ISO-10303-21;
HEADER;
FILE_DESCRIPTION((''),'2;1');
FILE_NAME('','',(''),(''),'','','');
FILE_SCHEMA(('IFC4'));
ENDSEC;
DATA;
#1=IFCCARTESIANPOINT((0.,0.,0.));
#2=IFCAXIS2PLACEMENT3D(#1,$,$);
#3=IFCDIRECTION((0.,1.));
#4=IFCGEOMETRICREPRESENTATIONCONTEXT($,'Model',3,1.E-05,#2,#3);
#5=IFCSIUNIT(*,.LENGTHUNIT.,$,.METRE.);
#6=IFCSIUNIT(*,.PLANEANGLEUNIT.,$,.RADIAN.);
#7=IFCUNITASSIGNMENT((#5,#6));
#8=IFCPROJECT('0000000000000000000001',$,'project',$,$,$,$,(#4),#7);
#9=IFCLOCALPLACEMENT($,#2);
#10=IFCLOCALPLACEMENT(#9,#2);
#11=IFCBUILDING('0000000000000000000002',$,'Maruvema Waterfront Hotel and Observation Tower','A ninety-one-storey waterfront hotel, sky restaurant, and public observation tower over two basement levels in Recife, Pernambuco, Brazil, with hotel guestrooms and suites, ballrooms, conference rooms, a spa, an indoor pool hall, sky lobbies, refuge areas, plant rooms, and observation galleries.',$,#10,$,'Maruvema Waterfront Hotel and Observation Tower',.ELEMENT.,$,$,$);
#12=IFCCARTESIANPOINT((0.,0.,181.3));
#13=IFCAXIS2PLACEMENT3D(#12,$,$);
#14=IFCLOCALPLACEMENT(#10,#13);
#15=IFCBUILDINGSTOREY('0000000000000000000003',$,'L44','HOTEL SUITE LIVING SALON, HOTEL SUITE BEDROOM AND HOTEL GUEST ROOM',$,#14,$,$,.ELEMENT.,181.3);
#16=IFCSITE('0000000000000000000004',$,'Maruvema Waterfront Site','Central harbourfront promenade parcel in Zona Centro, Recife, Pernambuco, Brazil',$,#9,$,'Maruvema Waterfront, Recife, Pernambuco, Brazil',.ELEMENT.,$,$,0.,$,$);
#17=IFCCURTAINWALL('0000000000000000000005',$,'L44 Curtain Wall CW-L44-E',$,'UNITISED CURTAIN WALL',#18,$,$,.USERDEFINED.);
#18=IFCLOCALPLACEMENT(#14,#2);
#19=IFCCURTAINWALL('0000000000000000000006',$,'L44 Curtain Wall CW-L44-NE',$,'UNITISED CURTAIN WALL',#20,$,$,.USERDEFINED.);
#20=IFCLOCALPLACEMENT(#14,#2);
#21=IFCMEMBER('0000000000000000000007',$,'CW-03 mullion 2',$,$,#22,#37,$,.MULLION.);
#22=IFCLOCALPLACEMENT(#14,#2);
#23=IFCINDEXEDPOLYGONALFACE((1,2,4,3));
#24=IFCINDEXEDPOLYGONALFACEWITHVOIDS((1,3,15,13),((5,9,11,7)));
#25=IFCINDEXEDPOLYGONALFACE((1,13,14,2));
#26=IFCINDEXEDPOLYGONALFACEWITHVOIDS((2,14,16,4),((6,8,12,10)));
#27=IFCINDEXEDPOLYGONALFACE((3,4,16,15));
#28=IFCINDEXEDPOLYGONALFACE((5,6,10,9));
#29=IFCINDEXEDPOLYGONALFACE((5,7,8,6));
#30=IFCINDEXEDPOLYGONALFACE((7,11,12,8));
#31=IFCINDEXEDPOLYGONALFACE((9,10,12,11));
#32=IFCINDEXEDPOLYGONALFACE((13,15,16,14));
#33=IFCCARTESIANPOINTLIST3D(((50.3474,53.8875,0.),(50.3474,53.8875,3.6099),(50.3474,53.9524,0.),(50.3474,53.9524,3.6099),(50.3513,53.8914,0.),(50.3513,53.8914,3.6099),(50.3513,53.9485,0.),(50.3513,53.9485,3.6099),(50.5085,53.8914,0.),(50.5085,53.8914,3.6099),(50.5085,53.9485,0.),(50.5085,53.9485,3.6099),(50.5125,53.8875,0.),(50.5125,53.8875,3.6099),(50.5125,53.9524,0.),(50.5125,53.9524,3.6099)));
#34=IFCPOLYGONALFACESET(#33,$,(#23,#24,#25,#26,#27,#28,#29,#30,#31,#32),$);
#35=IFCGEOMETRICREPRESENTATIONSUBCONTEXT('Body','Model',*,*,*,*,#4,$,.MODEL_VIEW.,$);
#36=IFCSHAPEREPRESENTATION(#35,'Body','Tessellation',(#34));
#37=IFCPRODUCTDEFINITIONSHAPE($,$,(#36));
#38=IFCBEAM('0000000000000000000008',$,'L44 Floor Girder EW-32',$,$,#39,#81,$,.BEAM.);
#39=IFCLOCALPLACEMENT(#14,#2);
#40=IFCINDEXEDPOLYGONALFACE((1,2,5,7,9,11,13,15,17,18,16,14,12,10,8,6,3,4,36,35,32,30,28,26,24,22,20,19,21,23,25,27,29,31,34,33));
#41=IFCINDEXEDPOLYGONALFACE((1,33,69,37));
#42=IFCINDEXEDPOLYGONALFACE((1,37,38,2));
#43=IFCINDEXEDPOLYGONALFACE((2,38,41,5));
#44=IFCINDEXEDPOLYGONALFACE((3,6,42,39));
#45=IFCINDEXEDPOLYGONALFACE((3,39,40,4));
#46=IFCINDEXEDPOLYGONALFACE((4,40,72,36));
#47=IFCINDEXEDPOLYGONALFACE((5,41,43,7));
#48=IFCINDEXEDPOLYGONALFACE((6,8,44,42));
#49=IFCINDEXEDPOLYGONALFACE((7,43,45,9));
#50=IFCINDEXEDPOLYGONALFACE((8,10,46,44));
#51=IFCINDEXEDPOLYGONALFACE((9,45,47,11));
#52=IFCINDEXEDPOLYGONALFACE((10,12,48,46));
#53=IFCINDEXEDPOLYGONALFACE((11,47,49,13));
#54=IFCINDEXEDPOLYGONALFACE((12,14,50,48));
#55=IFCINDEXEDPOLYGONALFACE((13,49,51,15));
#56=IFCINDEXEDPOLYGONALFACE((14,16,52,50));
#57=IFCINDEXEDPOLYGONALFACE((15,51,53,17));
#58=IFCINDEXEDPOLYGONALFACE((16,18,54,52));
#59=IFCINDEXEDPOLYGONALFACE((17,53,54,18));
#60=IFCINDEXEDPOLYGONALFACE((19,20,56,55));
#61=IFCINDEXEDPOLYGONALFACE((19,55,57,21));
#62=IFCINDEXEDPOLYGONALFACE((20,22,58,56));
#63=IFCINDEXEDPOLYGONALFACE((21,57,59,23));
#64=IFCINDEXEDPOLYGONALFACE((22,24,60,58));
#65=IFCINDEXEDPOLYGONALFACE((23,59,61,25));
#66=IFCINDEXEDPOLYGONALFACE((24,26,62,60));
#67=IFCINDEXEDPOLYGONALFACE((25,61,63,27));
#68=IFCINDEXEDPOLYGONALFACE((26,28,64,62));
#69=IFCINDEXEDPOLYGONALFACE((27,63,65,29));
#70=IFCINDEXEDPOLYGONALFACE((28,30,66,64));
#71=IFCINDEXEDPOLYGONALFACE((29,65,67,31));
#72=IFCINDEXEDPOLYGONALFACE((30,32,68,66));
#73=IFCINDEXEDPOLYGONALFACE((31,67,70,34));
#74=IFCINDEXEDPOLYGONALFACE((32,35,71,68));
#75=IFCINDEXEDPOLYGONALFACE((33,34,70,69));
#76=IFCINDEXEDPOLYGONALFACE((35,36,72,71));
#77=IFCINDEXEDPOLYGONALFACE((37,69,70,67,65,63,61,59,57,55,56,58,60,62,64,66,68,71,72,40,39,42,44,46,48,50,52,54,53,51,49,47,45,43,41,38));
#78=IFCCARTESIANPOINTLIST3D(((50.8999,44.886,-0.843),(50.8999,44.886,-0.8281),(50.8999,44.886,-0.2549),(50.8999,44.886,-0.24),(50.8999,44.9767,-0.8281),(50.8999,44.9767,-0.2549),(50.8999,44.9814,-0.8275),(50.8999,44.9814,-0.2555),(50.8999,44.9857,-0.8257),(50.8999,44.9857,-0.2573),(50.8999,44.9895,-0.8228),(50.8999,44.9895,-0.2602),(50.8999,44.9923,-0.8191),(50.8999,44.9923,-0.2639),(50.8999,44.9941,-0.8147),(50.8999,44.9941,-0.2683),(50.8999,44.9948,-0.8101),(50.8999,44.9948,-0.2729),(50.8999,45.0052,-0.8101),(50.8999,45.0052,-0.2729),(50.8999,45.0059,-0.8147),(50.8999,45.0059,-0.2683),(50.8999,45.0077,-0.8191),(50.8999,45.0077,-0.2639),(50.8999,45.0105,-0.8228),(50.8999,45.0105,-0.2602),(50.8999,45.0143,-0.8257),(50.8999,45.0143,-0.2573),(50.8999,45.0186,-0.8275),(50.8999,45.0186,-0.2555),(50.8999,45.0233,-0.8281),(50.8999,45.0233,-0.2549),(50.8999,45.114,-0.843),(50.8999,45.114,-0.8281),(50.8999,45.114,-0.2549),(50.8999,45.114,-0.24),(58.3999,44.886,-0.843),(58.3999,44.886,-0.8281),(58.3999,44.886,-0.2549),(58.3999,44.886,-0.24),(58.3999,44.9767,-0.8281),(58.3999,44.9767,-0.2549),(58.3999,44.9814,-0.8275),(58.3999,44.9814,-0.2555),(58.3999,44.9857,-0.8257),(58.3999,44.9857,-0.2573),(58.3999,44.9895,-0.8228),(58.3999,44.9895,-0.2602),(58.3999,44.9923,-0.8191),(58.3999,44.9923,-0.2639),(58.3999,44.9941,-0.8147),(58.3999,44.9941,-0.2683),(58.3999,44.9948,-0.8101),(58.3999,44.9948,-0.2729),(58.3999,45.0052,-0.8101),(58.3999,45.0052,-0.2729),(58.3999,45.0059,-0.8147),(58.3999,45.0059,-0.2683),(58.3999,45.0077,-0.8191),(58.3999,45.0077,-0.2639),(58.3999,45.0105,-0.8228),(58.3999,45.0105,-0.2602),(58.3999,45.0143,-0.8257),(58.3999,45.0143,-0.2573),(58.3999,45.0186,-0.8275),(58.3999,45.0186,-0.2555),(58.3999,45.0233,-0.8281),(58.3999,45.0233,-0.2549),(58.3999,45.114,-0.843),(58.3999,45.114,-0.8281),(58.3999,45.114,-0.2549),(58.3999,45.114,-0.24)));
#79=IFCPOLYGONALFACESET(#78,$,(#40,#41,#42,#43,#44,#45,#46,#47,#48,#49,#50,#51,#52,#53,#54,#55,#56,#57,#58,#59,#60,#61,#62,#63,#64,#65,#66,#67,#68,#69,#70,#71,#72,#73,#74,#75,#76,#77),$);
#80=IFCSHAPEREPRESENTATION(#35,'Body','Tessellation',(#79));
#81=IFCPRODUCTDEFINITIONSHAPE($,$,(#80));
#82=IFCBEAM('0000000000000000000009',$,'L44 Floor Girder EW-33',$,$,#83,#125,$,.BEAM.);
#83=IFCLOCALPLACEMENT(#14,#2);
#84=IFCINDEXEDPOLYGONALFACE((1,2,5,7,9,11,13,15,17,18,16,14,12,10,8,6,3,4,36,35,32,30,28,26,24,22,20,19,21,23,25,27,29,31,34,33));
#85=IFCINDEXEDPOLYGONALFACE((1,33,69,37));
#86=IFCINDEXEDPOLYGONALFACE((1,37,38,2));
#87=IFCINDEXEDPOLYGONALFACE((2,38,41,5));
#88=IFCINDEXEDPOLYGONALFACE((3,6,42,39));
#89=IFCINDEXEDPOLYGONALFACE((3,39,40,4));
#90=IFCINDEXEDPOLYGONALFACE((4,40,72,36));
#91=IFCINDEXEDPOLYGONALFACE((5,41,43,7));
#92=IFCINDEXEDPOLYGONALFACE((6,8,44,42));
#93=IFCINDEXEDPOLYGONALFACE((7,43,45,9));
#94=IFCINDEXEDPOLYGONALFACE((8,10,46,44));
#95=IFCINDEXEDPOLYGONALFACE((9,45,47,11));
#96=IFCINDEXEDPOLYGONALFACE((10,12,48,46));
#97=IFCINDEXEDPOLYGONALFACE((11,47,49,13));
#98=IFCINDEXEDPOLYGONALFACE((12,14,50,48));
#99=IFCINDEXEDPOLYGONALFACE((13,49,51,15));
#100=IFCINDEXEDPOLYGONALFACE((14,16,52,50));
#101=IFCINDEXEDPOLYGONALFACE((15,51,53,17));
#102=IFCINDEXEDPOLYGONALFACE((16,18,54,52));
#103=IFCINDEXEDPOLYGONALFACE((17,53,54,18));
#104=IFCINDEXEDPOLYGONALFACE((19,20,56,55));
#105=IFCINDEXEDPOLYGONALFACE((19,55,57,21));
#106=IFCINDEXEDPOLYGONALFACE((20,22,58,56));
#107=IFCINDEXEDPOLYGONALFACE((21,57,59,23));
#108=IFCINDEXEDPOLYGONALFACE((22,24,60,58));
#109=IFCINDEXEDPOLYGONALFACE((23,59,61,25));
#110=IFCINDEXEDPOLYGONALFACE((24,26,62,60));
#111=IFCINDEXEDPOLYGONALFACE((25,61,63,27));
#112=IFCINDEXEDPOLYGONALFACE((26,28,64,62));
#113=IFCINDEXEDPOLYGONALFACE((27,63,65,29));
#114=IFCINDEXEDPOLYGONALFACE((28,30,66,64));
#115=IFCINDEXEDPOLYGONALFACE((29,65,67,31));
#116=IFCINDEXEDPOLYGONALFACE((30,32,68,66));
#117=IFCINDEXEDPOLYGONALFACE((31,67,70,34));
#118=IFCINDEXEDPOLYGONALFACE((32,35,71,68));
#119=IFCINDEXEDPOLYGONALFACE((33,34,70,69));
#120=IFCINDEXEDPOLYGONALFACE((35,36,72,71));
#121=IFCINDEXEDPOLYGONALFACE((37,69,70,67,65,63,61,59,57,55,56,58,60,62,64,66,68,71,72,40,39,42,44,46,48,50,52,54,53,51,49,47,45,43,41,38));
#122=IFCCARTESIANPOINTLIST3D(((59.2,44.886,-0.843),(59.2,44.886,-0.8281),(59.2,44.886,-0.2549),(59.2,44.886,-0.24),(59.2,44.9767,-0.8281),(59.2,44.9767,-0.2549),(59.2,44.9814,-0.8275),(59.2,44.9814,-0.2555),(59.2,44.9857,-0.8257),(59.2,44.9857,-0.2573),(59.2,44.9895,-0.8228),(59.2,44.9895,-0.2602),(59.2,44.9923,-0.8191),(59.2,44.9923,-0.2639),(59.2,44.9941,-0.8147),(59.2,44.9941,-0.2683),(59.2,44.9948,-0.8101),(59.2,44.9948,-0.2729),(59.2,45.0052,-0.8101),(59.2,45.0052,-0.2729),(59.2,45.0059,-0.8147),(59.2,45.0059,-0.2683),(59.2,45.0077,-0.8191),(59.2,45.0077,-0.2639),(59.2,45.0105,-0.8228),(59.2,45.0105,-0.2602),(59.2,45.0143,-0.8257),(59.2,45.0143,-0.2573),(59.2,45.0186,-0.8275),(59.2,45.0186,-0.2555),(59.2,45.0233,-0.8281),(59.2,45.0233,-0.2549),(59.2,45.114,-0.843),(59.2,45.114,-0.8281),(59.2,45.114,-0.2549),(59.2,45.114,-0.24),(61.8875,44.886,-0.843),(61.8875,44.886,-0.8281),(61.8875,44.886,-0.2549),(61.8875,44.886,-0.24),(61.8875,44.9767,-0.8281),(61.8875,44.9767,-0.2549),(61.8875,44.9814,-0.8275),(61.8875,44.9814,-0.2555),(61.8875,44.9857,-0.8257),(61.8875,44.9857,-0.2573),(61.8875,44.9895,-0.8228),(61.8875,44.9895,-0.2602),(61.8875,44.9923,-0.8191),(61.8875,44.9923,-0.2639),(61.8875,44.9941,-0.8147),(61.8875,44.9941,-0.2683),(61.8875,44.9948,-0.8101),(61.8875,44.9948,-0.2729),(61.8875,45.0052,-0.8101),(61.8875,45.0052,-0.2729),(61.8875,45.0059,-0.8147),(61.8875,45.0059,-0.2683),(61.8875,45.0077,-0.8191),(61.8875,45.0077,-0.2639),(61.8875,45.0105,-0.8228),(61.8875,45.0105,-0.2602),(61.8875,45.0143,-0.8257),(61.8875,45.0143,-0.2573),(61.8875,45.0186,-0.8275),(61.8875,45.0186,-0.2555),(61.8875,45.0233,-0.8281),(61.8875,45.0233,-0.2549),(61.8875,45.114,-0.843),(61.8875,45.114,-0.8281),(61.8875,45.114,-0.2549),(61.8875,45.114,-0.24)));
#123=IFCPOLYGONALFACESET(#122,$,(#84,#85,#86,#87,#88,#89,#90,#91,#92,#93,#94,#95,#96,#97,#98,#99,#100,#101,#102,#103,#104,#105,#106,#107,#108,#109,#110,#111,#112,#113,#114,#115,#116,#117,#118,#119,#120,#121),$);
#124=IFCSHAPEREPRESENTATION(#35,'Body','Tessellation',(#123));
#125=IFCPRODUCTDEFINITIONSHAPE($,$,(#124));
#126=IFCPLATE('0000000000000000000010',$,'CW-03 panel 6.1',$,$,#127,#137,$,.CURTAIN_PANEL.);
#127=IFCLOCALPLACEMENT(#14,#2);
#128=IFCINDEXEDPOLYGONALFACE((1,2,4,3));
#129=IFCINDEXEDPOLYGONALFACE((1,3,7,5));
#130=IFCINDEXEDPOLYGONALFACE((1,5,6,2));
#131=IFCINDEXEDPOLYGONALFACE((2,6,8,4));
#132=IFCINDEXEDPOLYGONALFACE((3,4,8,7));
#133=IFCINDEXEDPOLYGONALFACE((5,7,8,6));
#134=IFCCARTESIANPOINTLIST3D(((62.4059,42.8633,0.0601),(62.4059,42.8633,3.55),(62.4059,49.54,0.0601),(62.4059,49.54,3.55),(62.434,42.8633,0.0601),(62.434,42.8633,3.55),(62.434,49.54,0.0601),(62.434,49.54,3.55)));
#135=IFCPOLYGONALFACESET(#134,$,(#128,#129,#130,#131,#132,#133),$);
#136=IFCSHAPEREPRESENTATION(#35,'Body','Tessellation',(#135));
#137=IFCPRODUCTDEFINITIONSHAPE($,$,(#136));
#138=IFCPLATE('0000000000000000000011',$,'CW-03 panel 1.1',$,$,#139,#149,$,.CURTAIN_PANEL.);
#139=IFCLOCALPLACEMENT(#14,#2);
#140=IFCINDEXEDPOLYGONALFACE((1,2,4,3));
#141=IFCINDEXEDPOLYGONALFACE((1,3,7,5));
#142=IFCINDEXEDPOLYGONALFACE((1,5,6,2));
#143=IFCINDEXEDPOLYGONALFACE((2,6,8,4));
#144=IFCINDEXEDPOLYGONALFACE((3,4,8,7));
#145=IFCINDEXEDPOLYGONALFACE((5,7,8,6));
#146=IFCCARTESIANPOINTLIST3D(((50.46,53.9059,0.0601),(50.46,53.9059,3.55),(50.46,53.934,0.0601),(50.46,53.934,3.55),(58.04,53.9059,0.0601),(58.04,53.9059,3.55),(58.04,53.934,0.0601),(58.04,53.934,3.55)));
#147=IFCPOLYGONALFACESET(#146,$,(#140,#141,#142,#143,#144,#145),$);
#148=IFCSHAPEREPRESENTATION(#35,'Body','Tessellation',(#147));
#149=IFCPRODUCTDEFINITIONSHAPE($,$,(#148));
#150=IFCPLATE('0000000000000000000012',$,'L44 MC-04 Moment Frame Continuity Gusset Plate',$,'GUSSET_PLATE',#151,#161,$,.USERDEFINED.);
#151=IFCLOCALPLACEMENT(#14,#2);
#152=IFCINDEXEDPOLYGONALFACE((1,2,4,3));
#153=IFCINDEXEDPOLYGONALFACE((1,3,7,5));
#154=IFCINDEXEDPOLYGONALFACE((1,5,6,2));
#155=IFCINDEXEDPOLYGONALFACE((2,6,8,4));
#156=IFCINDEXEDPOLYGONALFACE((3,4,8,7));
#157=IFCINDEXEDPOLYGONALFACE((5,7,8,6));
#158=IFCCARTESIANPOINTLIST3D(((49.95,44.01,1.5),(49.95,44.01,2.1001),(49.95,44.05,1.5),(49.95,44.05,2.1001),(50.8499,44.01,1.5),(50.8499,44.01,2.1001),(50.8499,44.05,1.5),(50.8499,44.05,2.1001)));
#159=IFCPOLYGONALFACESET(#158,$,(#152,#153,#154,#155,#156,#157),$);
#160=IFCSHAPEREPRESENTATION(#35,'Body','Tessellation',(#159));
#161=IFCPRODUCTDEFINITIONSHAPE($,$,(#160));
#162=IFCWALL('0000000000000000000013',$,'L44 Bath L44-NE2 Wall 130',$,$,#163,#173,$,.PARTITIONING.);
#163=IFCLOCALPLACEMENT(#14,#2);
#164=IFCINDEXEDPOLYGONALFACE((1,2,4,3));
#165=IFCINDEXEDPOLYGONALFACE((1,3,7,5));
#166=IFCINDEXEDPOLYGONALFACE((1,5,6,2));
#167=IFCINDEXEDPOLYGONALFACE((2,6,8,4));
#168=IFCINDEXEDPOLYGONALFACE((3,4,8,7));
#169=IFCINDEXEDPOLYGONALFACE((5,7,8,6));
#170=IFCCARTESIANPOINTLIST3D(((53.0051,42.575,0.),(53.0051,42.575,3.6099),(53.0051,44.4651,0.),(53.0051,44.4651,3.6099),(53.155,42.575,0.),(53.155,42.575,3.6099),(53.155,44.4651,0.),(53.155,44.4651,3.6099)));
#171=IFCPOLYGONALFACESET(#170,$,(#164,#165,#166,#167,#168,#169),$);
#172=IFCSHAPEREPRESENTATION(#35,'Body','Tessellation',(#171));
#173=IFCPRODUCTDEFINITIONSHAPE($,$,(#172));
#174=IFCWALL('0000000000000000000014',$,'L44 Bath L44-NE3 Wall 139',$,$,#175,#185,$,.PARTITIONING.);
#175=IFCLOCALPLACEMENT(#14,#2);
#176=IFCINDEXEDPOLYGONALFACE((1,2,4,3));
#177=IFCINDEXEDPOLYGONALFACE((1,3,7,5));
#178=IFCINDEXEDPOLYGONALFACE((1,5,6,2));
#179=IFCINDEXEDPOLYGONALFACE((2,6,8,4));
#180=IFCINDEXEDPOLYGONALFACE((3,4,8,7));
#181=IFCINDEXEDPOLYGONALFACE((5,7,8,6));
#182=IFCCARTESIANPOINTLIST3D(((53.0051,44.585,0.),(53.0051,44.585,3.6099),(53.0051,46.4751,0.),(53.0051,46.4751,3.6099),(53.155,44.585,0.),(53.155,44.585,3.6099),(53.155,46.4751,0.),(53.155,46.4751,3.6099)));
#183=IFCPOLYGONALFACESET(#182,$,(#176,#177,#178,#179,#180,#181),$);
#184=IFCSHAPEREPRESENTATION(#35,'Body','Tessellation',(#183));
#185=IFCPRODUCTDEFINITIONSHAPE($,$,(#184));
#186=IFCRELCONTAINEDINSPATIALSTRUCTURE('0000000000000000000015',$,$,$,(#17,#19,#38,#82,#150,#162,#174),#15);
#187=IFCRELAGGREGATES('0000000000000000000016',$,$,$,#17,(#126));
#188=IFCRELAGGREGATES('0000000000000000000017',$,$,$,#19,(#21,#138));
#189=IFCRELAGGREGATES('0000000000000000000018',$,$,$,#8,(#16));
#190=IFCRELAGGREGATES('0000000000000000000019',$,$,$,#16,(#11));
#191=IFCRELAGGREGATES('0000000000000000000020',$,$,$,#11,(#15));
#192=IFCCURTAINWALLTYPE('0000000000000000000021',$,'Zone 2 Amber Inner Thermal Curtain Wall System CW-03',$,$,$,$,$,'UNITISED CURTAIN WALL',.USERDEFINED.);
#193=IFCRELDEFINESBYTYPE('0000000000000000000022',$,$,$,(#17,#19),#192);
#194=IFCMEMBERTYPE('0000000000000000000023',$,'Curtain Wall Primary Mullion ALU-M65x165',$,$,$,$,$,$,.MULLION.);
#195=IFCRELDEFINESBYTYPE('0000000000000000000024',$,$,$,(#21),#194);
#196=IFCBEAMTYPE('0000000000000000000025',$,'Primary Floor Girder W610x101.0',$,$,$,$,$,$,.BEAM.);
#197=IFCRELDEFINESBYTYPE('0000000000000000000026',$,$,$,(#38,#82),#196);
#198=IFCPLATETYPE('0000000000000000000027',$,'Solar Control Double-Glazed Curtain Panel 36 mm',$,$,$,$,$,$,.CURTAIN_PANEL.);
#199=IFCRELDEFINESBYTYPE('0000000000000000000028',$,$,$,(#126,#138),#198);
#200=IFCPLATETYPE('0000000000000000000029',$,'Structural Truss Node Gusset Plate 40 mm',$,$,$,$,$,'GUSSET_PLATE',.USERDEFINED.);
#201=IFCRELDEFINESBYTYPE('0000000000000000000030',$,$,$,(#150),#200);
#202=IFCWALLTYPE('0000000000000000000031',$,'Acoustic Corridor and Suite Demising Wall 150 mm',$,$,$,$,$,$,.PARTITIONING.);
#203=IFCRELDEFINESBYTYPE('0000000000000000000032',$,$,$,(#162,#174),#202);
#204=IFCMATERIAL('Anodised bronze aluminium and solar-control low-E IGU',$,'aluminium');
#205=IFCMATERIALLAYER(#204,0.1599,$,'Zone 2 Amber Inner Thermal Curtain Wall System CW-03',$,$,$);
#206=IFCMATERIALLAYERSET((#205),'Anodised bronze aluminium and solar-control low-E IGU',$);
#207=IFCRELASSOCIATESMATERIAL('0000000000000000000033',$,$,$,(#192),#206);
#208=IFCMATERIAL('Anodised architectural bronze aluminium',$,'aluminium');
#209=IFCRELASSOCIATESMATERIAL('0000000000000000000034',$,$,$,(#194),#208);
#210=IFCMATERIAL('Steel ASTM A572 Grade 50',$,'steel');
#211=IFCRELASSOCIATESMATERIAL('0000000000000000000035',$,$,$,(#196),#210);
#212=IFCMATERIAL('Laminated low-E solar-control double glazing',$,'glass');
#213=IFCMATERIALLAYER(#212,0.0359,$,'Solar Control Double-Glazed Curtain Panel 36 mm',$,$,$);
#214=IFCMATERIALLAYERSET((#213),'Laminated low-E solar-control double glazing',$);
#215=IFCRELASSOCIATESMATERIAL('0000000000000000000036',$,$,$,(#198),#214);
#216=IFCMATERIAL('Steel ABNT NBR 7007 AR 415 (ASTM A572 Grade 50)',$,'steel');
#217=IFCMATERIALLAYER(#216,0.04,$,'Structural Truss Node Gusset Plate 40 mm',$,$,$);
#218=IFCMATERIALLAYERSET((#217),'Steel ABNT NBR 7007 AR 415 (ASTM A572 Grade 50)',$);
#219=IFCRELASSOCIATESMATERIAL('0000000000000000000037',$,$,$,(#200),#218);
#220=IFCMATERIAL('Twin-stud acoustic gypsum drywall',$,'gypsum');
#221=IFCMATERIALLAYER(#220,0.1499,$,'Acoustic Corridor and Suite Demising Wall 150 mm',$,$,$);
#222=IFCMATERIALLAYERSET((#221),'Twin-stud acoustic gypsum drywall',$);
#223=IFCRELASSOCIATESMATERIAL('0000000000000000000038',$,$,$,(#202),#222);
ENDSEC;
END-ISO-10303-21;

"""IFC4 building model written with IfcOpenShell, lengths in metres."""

from ifc_helpers import new_model, si_unit, direction, frame, frame_2d, origin, origin_2d, place, context, subcontext, project, spatial, rectangle, hollow_rectangle, i_section, extrude, material, layer, layer_set, material_profile, profile_set, type_object, element, aggregate, save


model = new_model("IFC4")

# Units and contexts
model_context = context("Model", 3, precision=1e-05, world=origin(), true_north=direction((0.0, 1.0)))
body_context = subcontext(model_context, "Body", "Model", "MODEL_VIEW")
ifc_project = project(units=[si_unit("LENGTHUNIT", "METRE"), si_unit("PLANEANGLEUNIT", "RADIAN")], contexts=[model_context])

# Site, building, storey
site_placement = place(None, origin())
site = spatial("IfcSite", under=ifc_project, at=site_placement, Name="Maruvema Waterfront Site", Description="Central harbourfront promenade parcel in Zona Centro, Recife, Pernambuco, Brazil", LongName="Maruvema Waterfront, Recife, Pernambuco, Brazil", CompositionType="ELEMENT", RefElevation=0.0)
building_placement = place(site_placement, origin())
building = spatial("IfcBuilding", under=site, at=building_placement, Name="Maruvema Waterfront Hotel and Observation Tower", Description="A ninety-one-storey waterfront hotel, sky restaurant, and public observation tower over two basement levels in Recife, Pernambuco, Brazil, with hotel guestrooms and suites, ballrooms, conference rooms, a spa, an indoor pool hall, sky lobbies, refuge areas, plant rooms, and observation galleries.", LongName="Maruvema Waterfront Hotel and Observation Tower", CompositionType="ELEMENT")
storey_placement = place(building_placement, frame((0.0, 0.0, 181.3)))
storey = spatial("IfcBuildingStorey", under=building, at=storey_placement, Name="L44", Description="HOTEL SUITE LIVING SALON, HOTEL SUITE BEDROOM AND HOTEL GUEST ROOM", CompositionType="ELEMENT", Elevation=181.3)

# Curtain walls
ifc_material_1 = material(Name="Anodised bronze aluminium and solar-control low-E IGU", Category="aluminium")
ifc_layer_1 = layer(ifc_material_1, 0.1599, Name="Zone 2 Amber Inner Thermal Curtain Wall System CW-03")
ifc_layer_set_1 = layer_set([ifc_layer_1], Name="Anodised bronze aluminium and solar-control low-E IGU")
curtain_wall_type = type_object("IfcCurtainWallType", Name="Zone 2 Amber Inner Thermal Curtain Wall System CW-03", ElementType="UNITISED CURTAIN WALL", PredefinedType="USERDEFINED", material=ifc_layer_set_1)
curtain_wall_1_placement = place(storey_placement, origin())
curtain_wall_1 = element("IfcCurtainWall", 1, at=curtain_wall_1_placement, inside=storey, type_object=curtain_wall_type, Name="L44 Curtain Wall CW-L44-E", ObjectType="UNITISED CURTAIN WALL", PredefinedType="USERDEFINED")
curtain_wall_2_placement = place(storey_placement, origin())
curtain_wall_2 = element("IfcCurtainWall", 2, at=curtain_wall_2_placement, inside=storey, type_object=curtain_wall_type, Name="L44 Curtain Wall CW-L44-NE", ObjectType="UNITISED CURTAIN WALL", PredefinedType="USERDEFINED")

# Member
ifc_material_2 = material(Name="Anodised architectural bronze aluminium", Category="aluminium")
ifc_material_profile_1 = material_profile(ifc_material_2, hollow_rectangle(XDim=0.0649, YDim=0.165, WallThickness=0.0039, at=origin_2d()), Name="ALU-M65x165")
ifc_profile_set_1 = profile_set([ifc_material_profile_1], Name="Anodised architectural bronze aluminium")
member_type_1 = type_object("IfcMemberType", Name="Curtain Wall Primary Mullion ALU-M65x165", PredefinedType="MULLION", material=ifc_profile_set_1)
member_1_placement = place(storey_placement, frame((50.4299, 53.9199, 0.0), z_axis=(0.0, 0.0, 1.0), x_axis=(0.0, -1.0, 0.0)))
member_1 = element("IfcMember", 3, at=member_1_placement, type_object=member_type_1, Name="CW-03 mullion 2", PredefinedType="MULLION", context=body_context, shape_type="SweptSolid", body=[
    extrude(hollow_rectangle(XDim=0.0649, YDim=0.165, WallThickness=0.0039, at=origin_2d()), origin(), (0.0, 0.0, 1.0), 3.6099),
])

# Beams
ifc_material_3 = material(Name="Steel ASTM A572 Grade 50", Category="steel")
ifc_material_profile_2 = material_profile(ifc_material_3, i_section(OverallWidth=0.228, OverallDepth=0.603, WebThickness=0.0105, FlangeThickness=0.0149, FilletRadius=0.0181, at=origin_2d()), Name="W610x101.0")
ifc_profile_set_2 = profile_set([ifc_material_profile_2], Name="Steel ASTM A572 Grade 50")
beam_type = type_object("IfcBeamType", Name="Primary Floor Girder W610x101.0", PredefinedType="BEAM", material=ifc_profile_set_2)
beam_1_placement = place(storey_placement, frame((50.8999, 45.0, -0.5415), z_axis=(1.0, 0.0, 0.0), x_axis=(0.0, 1.0, 0.0)))
element("IfcBeam", 4, at=beam_1_placement, inside=storey, type_object=beam_type, Name="L44 Floor Girder EW-32", PredefinedType="BEAM", context=body_context, shape_type="SweptSolid", body=[
    extrude(i_section(OverallWidth=0.228, OverallDepth=0.603, WebThickness=0.0105, FlangeThickness=0.0149, FilletRadius=0.0181, at=origin_2d()), origin(), (0.0, 0.0, 1.0), 7.5),
])
beam_2_placement = place(storey_placement, frame((59.2, 45.0, -0.5415), z_axis=(1.0, 0.0, 0.0), x_axis=(0.0, 1.0, 0.0)))
element("IfcBeam", 5, at=beam_2_placement, inside=storey, type_object=beam_type, Name="L44 Floor Girder EW-33", PredefinedType="BEAM", context=body_context, shape_type="SweptSolid", body=[
    extrude(i_section(OverallWidth=0.228, OverallDepth=0.603, WebThickness=0.0105, FlangeThickness=0.0149, FilletRadius=0.0181, at=origin_2d()), origin(), (0.0, 0.0, 1.0), 2.6875),
])

# Plates
ifc_material_4 = material(Name="Laminated low-E solar-control double glazing", Category="glass")
ifc_layer_2 = layer(ifc_material_4, 0.0359, Name="Solar Control Double-Glazed Curtain Panel 36 mm")
ifc_layer_set_2 = layer_set([ifc_layer_2], Name="Laminated low-E solar-control double glazing")
plate_type_1 = type_object("IfcPlateType", Name="Solar Control Double-Glazed Curtain Panel 36 mm", PredefinedType="CURTAIN_PANEL", material=ifc_layer_set_2)
plate_1_placement = place(storey_placement, frame((62.4199, 46.2017, 0.0601), z_axis=(0.0, 0.0, 1.0), x_axis=(0.0, 1.0, 0.0)))
plate_1 = element("IfcPlate", 6, at=plate_1_placement, type_object=plate_type_1, Name="CW-03 panel 6.1", PredefinedType="CURTAIN_PANEL", context=body_context, shape_type="SweptSolid", body=[
    extrude(rectangle(XDim=6.6768, YDim=0.0281, at=origin_2d()), origin(), (0.0, 0.0, 1.0), 3.49),
])
aggregate(curtain_wall_1, [plate_1])
plate_2_placement = place(storey_placement, frame((54.25, 53.9199, 0.0601), z_axis=(0.0, 0.0, 1.0), x_axis=(-1.0, 0.0, 0.0)))
plate_2 = element("IfcPlate", 7, at=plate_2_placement, type_object=plate_type_1, Name="CW-03 panel 1.1", PredefinedType="CURTAIN_PANEL", context=body_context, shape_type="SweptSolid", body=[
    extrude(rectangle(XDim=7.5801, YDim=0.0281, at=origin_2d()), origin(), (0.0, 0.0, 1.0), 3.49),
])
aggregate(curtain_wall_2, [member_1, plate_2])
ifc_material_5 = material(Name="Steel ABNT NBR 7007 AR 415 (ASTM A572 Grade 50)", Category="steel")
ifc_layer_3 = layer(ifc_material_5, 0.04, Name="Structural Truss Node Gusset Plate 40 mm")
ifc_layer_set_3 = layer_set([ifc_layer_3], Name="Steel ABNT NBR 7007 AR 415 (ASTM A572 Grade 50)")
plate_type_2 = type_object("IfcPlateType", Name="Structural Truss Node Gusset Plate 40 mm", ElementType="GUSSET_PLATE", PredefinedType="USERDEFINED", material=ifc_layer_set_3)
plate_3_placement = place(storey_placement, frame((50.3999, 44.03, 1.5), z_axis=(0.0, 0.0, 1.0), x_axis=(1.0, 0.0, 0.0)))
element("IfcPlate", 8, at=plate_3_placement, inside=storey, type_object=plate_type_2, Name="L44 MC-04 Moment Frame Continuity Gusset Plate", ObjectType="GUSSET_PLATE", PredefinedType="USERDEFINED", context=body_context, shape_type="SweptSolid", body=[
    extrude(rectangle(XDim=0.8999, YDim=0.04, at=origin_2d()), origin(), (0.0, 0.0, 1.0), 0.6001),
])

# Walls
ifc_material_6 = material(Name="Twin-stud acoustic gypsum drywall", Category="gypsum")
ifc_layer_4 = layer(ifc_material_6, 0.1499, Name="Acoustic Corridor and Suite Demising Wall 150 mm")
ifc_layer_set_4 = layer_set([ifc_layer_4], Name="Twin-stud acoustic gypsum drywall")
wall_type_1 = type_object("IfcWallType", Name="Acoustic Corridor and Suite Demising Wall 150 mm", PredefinedType="PARTITIONING", material=ifc_layer_set_4)
for number, where, z_axis, x_axis, name in (
    (9, (53.0801, 42.575, 0.0), (0.0, 0.0, 1.0), (0.0, 1.0, 0.0), "L44 Bath L44-NE2 Wall 130"),
    (10, (53.0801, 44.585, 0.0), (0.0, 0.0, 1.0), (0.0, 1.0, 0.0), "L44 Bath L44-NE3 Wall 139"),
):
    element("IfcWall", number, at=place(storey_placement, frame(where, z_axis=z_axis, x_axis=x_axis)), inside=storey, type_object=wall_type_1, Name=name, PredefinedType="PARTITIONING", context=body_context, shape_type="SweptSolid", body=[
        extrude(rectangle(XDim=1.8901, YDim=0.1499, at=frame_2d((0.9451, 0.0))), origin(), (0.0, 0.0, 1.0), 3.6099),
    ])

save(model, "model.ifc")
